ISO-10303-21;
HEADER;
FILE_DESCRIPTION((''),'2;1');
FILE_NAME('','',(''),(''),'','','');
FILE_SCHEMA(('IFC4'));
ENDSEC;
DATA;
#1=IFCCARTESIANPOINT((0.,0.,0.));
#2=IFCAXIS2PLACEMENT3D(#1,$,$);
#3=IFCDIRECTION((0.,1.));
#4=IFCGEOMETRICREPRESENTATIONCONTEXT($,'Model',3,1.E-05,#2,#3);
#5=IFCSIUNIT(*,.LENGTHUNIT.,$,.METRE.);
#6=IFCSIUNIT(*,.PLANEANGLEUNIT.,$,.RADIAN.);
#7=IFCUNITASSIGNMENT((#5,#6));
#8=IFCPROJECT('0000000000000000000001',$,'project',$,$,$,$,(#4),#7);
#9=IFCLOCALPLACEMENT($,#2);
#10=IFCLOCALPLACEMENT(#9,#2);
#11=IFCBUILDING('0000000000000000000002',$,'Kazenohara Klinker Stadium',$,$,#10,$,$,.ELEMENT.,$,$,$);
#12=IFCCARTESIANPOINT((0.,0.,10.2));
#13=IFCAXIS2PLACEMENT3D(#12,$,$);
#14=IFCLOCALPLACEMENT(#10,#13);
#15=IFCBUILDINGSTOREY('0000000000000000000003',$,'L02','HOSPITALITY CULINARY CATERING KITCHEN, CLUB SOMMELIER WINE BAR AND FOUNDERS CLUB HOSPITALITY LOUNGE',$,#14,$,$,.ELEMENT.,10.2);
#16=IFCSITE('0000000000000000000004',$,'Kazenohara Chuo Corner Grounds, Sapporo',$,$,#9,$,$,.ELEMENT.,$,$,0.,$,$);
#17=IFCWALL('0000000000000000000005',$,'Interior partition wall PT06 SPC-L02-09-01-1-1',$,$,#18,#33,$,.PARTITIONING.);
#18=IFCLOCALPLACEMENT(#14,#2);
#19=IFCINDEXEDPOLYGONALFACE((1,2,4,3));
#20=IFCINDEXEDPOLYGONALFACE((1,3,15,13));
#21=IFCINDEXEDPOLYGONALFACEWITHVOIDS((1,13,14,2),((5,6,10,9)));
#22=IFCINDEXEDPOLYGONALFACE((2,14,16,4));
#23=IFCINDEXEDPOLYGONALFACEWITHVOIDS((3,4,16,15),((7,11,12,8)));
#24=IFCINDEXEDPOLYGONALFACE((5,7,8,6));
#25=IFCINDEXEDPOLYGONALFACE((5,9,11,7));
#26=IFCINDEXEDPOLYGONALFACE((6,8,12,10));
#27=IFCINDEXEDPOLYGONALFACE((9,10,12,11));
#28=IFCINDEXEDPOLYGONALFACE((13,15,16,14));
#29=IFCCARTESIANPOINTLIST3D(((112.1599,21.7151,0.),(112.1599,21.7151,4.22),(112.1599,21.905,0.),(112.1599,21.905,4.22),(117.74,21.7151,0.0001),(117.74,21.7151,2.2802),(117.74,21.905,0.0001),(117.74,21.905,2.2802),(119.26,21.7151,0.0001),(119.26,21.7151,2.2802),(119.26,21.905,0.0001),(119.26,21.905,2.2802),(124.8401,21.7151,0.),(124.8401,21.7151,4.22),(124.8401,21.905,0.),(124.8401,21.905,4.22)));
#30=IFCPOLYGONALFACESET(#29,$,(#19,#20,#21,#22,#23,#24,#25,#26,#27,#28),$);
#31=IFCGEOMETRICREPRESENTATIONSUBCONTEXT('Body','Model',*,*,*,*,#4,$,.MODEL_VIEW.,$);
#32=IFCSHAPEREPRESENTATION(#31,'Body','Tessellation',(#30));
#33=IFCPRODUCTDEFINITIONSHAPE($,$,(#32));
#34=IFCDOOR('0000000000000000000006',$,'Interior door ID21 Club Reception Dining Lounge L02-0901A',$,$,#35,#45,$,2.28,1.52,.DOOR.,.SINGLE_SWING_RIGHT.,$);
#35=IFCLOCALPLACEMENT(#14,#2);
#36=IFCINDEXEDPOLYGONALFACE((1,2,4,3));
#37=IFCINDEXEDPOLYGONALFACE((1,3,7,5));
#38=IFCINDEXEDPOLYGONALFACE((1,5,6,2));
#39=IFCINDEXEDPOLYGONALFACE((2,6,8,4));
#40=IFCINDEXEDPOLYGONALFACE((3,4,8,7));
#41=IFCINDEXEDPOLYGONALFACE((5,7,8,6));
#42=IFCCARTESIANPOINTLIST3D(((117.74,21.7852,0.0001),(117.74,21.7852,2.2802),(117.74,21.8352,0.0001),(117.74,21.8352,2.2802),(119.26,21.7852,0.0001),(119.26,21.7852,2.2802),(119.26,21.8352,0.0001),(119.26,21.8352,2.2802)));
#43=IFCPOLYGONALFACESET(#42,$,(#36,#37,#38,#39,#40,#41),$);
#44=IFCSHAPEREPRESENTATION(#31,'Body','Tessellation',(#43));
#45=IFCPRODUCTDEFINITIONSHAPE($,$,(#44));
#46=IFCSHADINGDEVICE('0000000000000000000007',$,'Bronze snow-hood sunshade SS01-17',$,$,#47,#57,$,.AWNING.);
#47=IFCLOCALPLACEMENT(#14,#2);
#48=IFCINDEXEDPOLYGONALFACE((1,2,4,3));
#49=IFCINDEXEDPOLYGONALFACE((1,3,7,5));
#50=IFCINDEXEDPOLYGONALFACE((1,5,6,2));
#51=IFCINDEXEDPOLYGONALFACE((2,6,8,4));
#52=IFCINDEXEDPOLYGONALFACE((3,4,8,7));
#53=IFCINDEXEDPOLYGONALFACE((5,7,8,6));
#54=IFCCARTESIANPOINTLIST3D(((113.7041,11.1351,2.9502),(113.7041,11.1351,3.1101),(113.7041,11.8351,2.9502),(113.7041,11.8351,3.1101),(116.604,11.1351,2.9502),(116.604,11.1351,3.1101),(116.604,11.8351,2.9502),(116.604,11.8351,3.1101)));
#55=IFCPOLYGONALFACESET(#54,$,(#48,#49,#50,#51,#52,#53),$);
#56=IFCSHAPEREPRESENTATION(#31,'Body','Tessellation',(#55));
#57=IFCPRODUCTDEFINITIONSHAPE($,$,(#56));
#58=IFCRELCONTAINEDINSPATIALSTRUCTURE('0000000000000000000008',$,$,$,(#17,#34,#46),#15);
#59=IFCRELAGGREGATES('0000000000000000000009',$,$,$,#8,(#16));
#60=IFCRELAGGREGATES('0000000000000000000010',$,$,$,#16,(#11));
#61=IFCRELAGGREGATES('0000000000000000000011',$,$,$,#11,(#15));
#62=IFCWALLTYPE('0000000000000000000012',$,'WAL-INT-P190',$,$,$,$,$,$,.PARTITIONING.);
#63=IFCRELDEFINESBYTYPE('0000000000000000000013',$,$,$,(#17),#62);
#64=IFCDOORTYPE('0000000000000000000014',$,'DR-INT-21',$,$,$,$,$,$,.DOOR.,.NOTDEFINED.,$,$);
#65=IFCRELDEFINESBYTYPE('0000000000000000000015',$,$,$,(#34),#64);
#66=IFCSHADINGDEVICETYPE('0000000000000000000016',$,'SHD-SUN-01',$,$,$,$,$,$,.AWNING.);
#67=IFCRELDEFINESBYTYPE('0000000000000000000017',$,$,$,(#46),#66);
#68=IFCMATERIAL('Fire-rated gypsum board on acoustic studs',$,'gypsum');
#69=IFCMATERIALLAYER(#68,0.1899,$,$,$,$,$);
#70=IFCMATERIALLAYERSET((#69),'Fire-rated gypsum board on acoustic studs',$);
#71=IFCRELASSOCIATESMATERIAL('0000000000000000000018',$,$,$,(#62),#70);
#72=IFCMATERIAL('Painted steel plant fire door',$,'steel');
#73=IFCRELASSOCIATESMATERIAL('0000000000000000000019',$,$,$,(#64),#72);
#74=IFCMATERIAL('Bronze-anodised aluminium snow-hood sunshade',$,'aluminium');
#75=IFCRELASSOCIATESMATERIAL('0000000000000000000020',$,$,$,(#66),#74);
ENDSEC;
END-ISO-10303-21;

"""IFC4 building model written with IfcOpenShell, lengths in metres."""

from ifc_helpers import new_model, si_unit, direction, frame, frame_2d, origin, origin_2d, place, context, subcontext, project, spatial, rectangle, extrude, material, layer, layer_set, type_object, element, fill, save


model = new_model("IFC4")

# Units and contexts
model_context = context("Model", 3, precision=1e-05, world=origin(), true_north=direction((0.0, 1.0)))
body_context = subcontext(model_context, "Body", "Model", "MODEL_VIEW")
ifc_project = project(units=[si_unit("LENGTHUNIT", "METRE"), si_unit("PLANEANGLEUNIT", "RADIAN")], contexts=[model_context])

# Site, building, storey
site_placement = place(None, origin())
site = spatial("IfcSite", under=ifc_project, at=site_placement, Name="Kazenohara Chuo Corner Grounds, Sapporo", CompositionType="ELEMENT", RefElevation=0.0)
building_placement = place(site_placement, origin())
building = spatial("IfcBuilding", under=site, at=building_placement, Name="Kazenohara Klinker Stadium", CompositionType="ELEMENT")
storey_placement = place(building_placement, frame((0.0, 0.0, 10.2)))
storey = spatial("IfcBuildingStorey", under=building, at=storey_placement, Name="L02", Description="HOSPITALITY CULINARY CATERING KITCHEN, CLUB SOMMELIER WINE BAR AND FOUNDERS CLUB HOSPITALITY LOUNGE", CompositionType="ELEMENT", Elevation=10.2)

# Wall, opening, door
ifc_material_1 = material(Name="Fire-rated gypsum board on acoustic studs", Category="gypsum")
ifc_material_2 = material(Name="Painted steel plant fire door", Category="steel")
ifc_layer_1 = layer(ifc_material_1, 0.1899)
ifc_layer_set_1 = layer_set([ifc_layer_1], Name="Fire-rated gypsum board on acoustic studs")
wall_type_1 = type_object("IfcWallType", Name="WAL-INT-P190", PredefinedType="PARTITIONING", material=ifc_layer_set_1)
wall_1_placement = place(storey_placement, frame((112.1599, 21.8101, 0.0), z_axis=(0.0, 0.0, 1.0), x_axis=(1.0, 0.0, 0.0)))
wall_1 = element("IfcWall", 1, at=wall_1_placement, inside=storey, type_object=wall_type_1, Name="Interior partition wall PT06 SPC-L02-09-01-1-1", PredefinedType="PARTITIONING", context=body_context, shape_type="SweptSolid", body=[
    extrude(rectangle(XDim=12.6802, YDim=0.1899, at=frame_2d((6.3401, 0.0))), origin(), (0.0, 0.0, 1.0), 4.22),
])
opening_1_placement = place(wall_1_placement, frame((7.1001, 0.0, 0.0), z_axis=(0.0, 0.0, 1.0), x_axis=(-1.0, 0.0, 0.0)))
opening_1 = element("IfcOpeningElement", 2, at=opening_1_placement, cuts=wall_1, PredefinedType="OPENING", context=body_context, shape_type="SweptSolid", body=[
    extrude(rectangle(XDim=1.52, YDim=2.28, at=frame_2d((0.76, 1.1401))), frame((0.0, 0.105, 0.0), z_axis=(0.0, -1.0, 0.0), x_axis=(1.0, 0.0, 0.0)), (0.0, 0.0, 1.0), 0.21),
])
door_type_1 = type_object("IfcDoorType", Name="DR-INT-21", OperationType="NOTDEFINED", PredefinedType="DOOR", material=ifc_material_2)
door_1_placement = place(opening_1_placement, origin())
door_1 = element("IfcDoor", 3, at=door_1_placement, inside=storey, type_object=door_type_1, Name="Interior door ID21 Club Reception Dining Lounge L02-0901A", OperationType="SINGLE_SWING_RIGHT", OverallHeight=2.28, OverallWidth=1.52, PredefinedType="DOOR", context=body_context, shape_type="SweptSolid", body=[
    extrude(rectangle(XDim=1.52, YDim=2.28, at=frame_2d((0.76, 1.1401))), frame((0.0, 0.0249, 0.0), z_axis=(0.0, -1.0, 0.0), x_axis=(1.0, 0.0, 0.0)), (0.0, 0.0, 1.0), 0.05),
])
fill(opening_1, door_1)

# Shading device
ifc_material_3 = material(Name="Bronze-anodised aluminium snow-hood sunshade", Category="aluminium")
shading_device_type = type_object("IfcShadingDeviceType", Name="SHD-SUN-01", PredefinedType="AWNING", material=ifc_material_3)
shading_device_placement = place(storey_placement, frame((115.1541, 11.4851, 2.9502), z_axis=(0.0, 0.0, 1.0), x_axis=(1.0, 0.0, 0.0)))
element("IfcShadingDevice", 4, at=shading_device_placement, inside=storey, type_object=shading_device_type, Name="Bronze snow-hood sunshade SS01-17", PredefinedType="AWNING", context=body_context, shape_type="SweptSolid", body=[
    extrude(rectangle(XDim=2.8999, YDim=0.7, at=origin_2d()), origin(), (0.0, 0.0, 1.0), 0.1599),
])

save(model, "model.ifc")
